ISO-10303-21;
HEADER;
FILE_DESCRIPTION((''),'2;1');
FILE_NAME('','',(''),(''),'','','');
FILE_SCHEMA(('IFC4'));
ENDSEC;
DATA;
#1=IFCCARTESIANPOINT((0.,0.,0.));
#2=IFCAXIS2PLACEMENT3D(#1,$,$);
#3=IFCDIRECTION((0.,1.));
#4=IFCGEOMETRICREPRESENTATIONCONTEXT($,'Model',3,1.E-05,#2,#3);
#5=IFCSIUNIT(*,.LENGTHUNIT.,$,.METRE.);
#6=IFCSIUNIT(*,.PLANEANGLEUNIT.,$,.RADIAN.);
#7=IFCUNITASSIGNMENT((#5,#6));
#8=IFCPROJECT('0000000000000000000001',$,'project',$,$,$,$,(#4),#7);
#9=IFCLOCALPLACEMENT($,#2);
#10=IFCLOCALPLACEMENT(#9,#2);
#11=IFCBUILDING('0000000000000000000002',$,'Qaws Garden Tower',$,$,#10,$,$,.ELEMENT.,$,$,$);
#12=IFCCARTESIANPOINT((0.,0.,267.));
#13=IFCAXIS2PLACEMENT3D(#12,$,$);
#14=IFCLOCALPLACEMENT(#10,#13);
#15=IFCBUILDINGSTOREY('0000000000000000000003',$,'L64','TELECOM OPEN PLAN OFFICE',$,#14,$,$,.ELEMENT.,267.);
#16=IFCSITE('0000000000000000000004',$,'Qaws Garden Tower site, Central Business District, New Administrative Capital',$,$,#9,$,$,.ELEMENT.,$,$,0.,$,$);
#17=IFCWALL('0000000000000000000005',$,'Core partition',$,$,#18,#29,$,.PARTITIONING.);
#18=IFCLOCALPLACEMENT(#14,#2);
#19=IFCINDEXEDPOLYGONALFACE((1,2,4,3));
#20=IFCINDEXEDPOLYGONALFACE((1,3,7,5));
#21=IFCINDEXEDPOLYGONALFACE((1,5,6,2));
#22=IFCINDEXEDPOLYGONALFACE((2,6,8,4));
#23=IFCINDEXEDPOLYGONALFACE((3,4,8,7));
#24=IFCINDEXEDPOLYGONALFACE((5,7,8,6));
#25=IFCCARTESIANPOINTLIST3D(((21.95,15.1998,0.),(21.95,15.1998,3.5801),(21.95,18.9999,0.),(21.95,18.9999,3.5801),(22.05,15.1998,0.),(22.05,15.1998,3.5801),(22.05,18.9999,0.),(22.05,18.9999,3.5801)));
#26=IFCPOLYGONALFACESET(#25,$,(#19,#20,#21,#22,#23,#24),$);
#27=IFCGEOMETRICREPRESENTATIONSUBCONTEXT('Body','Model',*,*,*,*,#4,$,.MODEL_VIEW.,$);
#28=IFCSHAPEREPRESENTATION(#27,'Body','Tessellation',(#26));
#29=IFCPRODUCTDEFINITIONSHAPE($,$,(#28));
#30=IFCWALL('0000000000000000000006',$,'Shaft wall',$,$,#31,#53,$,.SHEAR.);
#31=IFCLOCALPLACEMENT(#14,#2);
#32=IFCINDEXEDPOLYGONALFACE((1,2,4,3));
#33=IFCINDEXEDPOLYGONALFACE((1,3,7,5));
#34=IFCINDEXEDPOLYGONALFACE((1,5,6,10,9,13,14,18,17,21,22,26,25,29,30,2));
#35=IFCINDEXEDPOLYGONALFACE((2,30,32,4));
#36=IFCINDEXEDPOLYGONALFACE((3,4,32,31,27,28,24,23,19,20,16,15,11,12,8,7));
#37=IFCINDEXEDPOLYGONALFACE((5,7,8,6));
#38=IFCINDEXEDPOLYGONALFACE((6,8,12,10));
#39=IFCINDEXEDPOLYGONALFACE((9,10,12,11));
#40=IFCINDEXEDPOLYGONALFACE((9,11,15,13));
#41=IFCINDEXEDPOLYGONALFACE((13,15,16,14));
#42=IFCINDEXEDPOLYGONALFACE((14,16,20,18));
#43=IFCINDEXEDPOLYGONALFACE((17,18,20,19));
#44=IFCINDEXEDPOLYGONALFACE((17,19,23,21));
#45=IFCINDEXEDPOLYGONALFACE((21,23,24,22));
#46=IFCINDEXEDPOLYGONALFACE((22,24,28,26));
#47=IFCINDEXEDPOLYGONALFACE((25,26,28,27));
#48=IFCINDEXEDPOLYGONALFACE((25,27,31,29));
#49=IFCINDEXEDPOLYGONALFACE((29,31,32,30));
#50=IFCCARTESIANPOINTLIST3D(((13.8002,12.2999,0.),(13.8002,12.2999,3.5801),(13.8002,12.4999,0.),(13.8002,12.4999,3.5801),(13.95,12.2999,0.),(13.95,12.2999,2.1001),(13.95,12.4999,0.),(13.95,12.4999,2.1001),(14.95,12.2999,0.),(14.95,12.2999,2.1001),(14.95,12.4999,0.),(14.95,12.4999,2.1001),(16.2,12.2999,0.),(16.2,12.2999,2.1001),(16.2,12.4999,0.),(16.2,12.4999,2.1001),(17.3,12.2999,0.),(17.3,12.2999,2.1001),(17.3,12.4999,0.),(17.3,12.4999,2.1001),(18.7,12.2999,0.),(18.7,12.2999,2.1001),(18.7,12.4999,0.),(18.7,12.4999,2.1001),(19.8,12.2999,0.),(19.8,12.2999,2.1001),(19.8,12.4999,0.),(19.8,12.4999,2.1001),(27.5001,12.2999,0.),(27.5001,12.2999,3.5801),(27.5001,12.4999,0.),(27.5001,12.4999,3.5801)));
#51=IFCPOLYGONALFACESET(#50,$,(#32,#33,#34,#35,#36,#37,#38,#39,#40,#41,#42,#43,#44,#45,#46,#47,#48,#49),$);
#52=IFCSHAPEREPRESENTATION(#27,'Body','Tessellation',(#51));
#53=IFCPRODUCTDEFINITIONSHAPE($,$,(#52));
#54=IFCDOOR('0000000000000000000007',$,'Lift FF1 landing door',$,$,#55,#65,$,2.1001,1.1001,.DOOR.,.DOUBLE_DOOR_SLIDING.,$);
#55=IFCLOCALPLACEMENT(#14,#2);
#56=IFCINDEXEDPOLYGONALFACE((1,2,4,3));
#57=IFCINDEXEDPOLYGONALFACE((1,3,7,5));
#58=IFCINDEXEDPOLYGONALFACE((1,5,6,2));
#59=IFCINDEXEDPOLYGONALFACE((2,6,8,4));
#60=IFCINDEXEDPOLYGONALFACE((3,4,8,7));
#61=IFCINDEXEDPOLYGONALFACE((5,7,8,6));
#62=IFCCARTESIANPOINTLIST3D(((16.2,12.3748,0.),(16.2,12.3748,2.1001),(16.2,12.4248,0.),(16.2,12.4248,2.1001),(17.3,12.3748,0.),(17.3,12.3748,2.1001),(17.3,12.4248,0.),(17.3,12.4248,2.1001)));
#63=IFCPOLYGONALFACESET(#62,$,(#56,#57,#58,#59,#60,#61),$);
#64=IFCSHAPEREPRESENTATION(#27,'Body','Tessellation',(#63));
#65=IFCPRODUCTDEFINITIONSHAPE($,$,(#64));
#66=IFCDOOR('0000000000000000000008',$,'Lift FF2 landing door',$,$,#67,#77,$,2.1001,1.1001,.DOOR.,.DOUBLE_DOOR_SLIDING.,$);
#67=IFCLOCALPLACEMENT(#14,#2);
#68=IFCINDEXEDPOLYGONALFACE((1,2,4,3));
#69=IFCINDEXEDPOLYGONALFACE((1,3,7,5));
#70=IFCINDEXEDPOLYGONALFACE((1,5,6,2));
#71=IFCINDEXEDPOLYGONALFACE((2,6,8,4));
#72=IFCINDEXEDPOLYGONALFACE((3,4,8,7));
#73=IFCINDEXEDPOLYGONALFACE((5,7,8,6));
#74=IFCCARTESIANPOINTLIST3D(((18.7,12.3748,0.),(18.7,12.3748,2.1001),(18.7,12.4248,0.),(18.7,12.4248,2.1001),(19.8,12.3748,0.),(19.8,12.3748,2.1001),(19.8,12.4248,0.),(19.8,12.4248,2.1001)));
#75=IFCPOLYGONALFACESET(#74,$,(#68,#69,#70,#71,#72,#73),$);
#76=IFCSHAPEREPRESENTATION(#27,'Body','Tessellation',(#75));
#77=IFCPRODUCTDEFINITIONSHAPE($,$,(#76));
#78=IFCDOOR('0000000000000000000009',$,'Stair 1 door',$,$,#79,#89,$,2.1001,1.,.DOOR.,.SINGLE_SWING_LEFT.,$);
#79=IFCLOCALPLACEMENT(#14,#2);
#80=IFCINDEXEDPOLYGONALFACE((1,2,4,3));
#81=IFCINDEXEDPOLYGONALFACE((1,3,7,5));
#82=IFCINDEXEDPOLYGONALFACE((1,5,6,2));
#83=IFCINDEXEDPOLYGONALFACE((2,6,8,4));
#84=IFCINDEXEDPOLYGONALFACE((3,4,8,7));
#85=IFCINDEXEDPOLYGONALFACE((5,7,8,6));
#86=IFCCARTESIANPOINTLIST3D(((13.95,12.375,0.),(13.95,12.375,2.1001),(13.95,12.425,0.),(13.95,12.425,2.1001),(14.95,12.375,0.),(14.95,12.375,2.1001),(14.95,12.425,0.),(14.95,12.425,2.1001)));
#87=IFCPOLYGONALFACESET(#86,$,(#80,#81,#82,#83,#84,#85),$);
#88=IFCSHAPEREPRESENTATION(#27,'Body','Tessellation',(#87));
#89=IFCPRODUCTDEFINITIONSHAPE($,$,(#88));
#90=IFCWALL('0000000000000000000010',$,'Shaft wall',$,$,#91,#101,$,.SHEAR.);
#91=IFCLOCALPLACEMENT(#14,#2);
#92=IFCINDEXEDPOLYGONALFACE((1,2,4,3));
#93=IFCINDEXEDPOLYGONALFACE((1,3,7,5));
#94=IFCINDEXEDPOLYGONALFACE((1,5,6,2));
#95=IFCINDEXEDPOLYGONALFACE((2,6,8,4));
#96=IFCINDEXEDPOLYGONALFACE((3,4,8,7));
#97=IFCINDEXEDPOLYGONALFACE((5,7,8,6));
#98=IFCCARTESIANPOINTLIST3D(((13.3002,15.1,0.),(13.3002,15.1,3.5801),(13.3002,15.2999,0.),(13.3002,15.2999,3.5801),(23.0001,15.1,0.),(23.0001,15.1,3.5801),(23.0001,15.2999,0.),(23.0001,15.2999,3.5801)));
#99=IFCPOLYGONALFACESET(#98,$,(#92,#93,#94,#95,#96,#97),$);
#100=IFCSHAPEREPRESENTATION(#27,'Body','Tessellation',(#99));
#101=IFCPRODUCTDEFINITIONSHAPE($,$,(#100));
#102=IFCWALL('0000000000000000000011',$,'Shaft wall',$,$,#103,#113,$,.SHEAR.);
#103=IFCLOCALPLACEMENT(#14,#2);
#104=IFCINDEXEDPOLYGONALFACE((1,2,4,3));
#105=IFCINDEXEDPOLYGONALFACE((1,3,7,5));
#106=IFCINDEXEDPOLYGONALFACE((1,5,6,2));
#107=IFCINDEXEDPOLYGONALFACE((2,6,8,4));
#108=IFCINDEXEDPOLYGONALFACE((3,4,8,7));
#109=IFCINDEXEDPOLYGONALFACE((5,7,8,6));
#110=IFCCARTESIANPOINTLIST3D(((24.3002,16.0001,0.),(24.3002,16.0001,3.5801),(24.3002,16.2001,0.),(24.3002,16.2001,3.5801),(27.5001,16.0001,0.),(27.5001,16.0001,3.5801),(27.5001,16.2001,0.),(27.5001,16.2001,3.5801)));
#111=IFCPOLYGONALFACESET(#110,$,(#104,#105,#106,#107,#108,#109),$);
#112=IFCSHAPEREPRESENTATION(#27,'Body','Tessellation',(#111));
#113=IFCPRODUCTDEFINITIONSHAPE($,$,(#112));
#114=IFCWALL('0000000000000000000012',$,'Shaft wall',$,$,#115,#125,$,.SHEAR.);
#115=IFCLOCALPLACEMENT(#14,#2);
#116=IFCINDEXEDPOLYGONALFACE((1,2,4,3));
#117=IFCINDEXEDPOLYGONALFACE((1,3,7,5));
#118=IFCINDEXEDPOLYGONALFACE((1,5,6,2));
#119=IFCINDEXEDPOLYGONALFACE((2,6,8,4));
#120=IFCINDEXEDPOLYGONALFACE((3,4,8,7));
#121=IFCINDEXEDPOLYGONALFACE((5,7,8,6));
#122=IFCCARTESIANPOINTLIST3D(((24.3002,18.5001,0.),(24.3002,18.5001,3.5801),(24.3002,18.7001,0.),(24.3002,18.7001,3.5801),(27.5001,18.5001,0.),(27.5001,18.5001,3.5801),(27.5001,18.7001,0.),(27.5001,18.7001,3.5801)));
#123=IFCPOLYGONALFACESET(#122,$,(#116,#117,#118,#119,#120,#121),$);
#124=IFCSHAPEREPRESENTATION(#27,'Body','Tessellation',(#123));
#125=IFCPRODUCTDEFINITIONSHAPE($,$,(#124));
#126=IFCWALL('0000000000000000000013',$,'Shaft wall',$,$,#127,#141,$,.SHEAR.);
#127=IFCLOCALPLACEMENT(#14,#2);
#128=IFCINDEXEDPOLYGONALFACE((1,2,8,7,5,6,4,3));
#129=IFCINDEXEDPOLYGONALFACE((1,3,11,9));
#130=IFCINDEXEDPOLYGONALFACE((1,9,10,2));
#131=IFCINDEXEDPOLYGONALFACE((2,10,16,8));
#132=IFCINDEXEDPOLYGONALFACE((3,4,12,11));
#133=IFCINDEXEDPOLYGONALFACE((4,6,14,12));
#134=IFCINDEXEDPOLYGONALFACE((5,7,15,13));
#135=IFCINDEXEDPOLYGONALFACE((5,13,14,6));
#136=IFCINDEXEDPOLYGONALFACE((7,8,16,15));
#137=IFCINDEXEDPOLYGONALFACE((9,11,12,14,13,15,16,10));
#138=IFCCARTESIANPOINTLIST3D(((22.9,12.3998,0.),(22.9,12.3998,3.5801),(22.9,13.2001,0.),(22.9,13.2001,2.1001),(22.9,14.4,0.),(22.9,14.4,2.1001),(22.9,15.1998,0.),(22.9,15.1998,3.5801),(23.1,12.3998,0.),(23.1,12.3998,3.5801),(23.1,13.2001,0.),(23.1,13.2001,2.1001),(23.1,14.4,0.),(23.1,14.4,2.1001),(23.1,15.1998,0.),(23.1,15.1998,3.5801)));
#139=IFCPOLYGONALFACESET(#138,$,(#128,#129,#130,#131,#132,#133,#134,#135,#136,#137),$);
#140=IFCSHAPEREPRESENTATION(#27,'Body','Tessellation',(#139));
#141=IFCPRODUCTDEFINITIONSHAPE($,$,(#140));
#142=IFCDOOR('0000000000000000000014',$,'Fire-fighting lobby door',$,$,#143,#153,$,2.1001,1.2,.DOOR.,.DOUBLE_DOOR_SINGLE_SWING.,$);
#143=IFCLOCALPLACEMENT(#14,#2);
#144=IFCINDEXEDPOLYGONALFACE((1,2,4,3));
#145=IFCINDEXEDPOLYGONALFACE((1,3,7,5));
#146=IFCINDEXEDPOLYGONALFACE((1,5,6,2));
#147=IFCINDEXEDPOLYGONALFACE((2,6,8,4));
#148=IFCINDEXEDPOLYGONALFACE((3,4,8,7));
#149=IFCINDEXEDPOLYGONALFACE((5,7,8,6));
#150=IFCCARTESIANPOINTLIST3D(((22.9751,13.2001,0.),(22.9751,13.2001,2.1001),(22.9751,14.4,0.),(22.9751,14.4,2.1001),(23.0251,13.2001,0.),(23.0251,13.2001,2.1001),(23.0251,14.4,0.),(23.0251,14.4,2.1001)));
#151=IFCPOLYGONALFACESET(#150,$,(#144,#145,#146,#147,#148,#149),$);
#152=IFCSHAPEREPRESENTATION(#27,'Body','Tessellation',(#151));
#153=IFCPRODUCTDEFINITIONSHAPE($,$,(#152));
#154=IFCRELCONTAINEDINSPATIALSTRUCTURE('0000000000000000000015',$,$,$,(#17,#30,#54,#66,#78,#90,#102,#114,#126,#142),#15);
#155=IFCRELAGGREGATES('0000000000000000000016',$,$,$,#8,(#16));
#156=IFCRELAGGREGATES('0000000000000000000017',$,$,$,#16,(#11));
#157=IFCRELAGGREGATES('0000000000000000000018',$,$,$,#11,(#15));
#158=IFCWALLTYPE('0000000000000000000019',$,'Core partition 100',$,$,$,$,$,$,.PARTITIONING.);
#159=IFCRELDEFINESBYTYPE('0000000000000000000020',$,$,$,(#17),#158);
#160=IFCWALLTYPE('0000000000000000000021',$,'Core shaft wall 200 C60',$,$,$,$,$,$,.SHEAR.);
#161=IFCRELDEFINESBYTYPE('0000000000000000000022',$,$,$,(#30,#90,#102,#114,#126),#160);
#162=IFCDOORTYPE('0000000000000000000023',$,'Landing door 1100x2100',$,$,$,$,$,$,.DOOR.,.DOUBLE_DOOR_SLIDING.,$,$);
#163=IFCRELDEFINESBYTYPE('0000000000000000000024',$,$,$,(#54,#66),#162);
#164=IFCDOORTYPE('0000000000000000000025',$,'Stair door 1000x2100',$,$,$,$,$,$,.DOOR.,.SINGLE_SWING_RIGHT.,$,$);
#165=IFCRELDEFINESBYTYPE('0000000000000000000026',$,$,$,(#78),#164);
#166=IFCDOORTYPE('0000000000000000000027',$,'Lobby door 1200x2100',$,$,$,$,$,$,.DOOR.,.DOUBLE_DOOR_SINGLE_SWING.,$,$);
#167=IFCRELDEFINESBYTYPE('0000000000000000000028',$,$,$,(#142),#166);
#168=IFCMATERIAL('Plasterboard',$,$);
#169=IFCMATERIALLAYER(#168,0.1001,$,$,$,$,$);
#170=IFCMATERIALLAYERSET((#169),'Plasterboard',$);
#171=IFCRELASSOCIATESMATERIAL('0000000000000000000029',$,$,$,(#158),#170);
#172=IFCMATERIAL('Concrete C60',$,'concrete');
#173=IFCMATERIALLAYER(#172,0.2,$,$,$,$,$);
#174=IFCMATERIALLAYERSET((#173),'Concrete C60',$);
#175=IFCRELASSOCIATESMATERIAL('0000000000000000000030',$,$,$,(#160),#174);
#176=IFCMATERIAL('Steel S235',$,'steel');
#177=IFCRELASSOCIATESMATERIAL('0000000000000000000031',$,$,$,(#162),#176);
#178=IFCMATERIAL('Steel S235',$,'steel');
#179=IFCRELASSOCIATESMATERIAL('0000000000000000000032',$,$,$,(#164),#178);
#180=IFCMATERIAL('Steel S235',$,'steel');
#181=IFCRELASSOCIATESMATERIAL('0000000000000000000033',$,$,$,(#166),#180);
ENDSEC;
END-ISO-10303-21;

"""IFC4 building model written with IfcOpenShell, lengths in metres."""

from ifc_helpers import new_model, si_unit, direction, frame, frame_2d, origin, place, context, subcontext, project, spatial, rectangle, extrude, material, layer, layer_set, type_object, element, fill, save


model = new_model("IFC4")

# Units and contexts
model_context = context("Model", 3, precision=1e-05, world=origin(), true_north=direction((0.0, 1.0)))
body_context = subcontext(model_context, "Body", "Model", "MODEL_VIEW")
ifc_project = project(units=[si_unit("LENGTHUNIT", "METRE"), si_unit("PLANEANGLEUNIT", "RADIAN")], contexts=[model_context])

# Site, building, storey
site_placement = place(None, origin())
site = spatial("IfcSite", under=ifc_project, at=site_placement, Name="Qaws Garden Tower site, Central Business District, New Administrative Capital", CompositionType="ELEMENT", RefElevation=0.0)
building_placement = place(site_placement, origin())
building = spatial("IfcBuilding", under=site, at=building_placement, Name="Qaws Garden Tower", CompositionType="ELEMENT")
storey_placement = place(building_placement, frame((0.0, 0.0, 267.0)))
storey = spatial("IfcBuildingStorey", under=building, at=storey_placement, Name="L64", Description="TELECOM OPEN PLAN OFFICE", CompositionType="ELEMENT", Elevation=267.0)

# Shared definitions
ifc_material_1 = material(Name="Plasterboard")
ifc_layer_1 = layer(ifc_material_1, 0.1001)
ifc_layer_set_1 = layer_set([ifc_layer_1], Name="Plasterboard")
wall_type_1 = type_object("IfcWallType", Name="Core partition 100", PredefinedType="PARTITIONING", material=ifc_layer_set_1)

# Wall
wall_1_placement = place(storey_placement, frame((22.0, 15.2, 0.0), z_axis=(0.0, 0.0, 1.0), x_axis=(0.0, 1.0, 0.0)))
element("IfcWall", 1, at=wall_1_placement, inside=storey, type_object=wall_type_1, Name="Core partition", PredefinedType="PARTITIONING", context=body_context, shape_type="SweptSolid", body=[
    extrude(rectangle(XDim=3.8, YDim=0.1001, at=frame_2d((1.8999, 0.0))), origin(), (0.0, 0.0, 1.0), 3.5801),
])

# Wall, openings, doors
ifc_material_2 = material(Name="Concrete C60", Category="concrete")
ifc_layer_2 = layer(ifc_material_2, 0.2)
ifc_layer_set_2 = layer_set([ifc_layer_2], Name="Concrete C60")
wall_type_2 = type_object("IfcWallType", Name="Core shaft wall 200 C60", PredefinedType="SHEAR", material=ifc_layer_set_2)
wall_2_placement = place(storey_placement, frame((13.8, 12.3999, 0.0), z_axis=(0.0, 0.0, 1.0), x_axis=(1.0, 0.0, 0.0)))
wall_2 = element("IfcWall", 2, at=wall_2_placement, inside=storey, type_object=wall_type_2, Name="Shaft wall", PredefinedType="SHEAR", context=body_context, shape_type="SweptSolid", body=[
    extrude(rectangle(XDim=13.7, YDim=0.2, at=frame_2d((6.8501, 0.0))), origin(), (0.0, 0.0, 1.0), 3.5801),
])
opening_1_placement = place(wall_2_placement, frame((2.3999, 0.0, 0.0)))
opening_1 = element("IfcOpeningElement", 3, at=opening_1_placement, cuts=wall_2, PredefinedType="OPENING", context=body_context, shape_type="SweptSolid", body=[
    extrude(rectangle(XDim=1.1001, YDim=2.1001, at=frame_2d((0.55, 1.05))), frame((0.0, 0.1099, 0.0), z_axis=(0.0, -1.0, 0.0), x_axis=(1.0, 0.0, 0.0)), (0.0, 0.0, 1.0), 0.22),
])
opening_2_placement = place(wall_2_placement, frame((4.8999, 0.0, 0.0)))
opening_2 = element("IfcOpeningElement", 4, at=opening_2_placement, cuts=wall_2, PredefinedType="OPENING", context=body_context, shape_type="SweptSolid", body=[
    extrude(rectangle(XDim=1.1001, YDim=2.1001, at=frame_2d((0.55, 1.05))), frame((0.0, 0.1099, 0.0), z_axis=(0.0, -1.0, 0.0), x_axis=(1.0, 0.0, 0.0)), (0.0, 0.0, 1.0), 0.22),
])
opening_3_placement = place(wall_2_placement, frame((0.1499, 0.0, 0.0)))
opening_3 = element("IfcOpeningElement", 5, at=opening_3_placement, cuts=wall_2, PredefinedType="OPENING", context=body_context, shape_type="SweptSolid", body=[
    extrude(rectangle(XDim=1.0, YDim=2.1001, at=frame_2d((0.5, 1.05))), frame((0.0, 0.1099, 0.0), z_axis=(0.0, -1.0, 0.0), x_axis=(1.0, 0.0, 0.0)), (0.0, 0.0, 1.0), 0.22),
])
ifc_material_3 = material(Name="Steel S235", Category="steel")
door_type_1 = type_object("IfcDoorType", Name="Landing door 1100x2100", OperationType="DOUBLE_DOOR_SLIDING", PredefinedType="DOOR", material=ifc_material_3)
door_1_placement = place(opening_1_placement, origin())
door_1 = element("IfcDoor", 6, at=door_1_placement, inside=storey, type_object=door_type_1, Name="Lift FF1 landing door", OperationType="DOUBLE_DOOR_SLIDING", OverallHeight=2.1001, OverallWidth=1.1001, PredefinedType="DOOR", context=body_context, shape_type="SweptSolid", body=[
    extrude(rectangle(XDim=1.1001, YDim=2.1001, at=frame_2d((0.55, 1.05))), frame((0.0, 0.0249, 0.0), z_axis=(0.0, -1.0, 0.0), x_axis=(1.0, 0.0, 0.0)), (0.0, 0.0, 1.0), 0.05),
])
fill(opening_1, door_1)
door_2_placement = place(opening_2_placement, origin())
door_2 = element("IfcDoor", 7, at=door_2_placement, inside=storey, type_object=door_type_1, Name="Lift FF2 landing door", OperationType="DOUBLE_DOOR_SLIDING", OverallHeight=2.1001, OverallWidth=1.1001, PredefinedType="DOOR", context=body_context, shape_type="SweptSolid", body=[
    extrude(rectangle(XDim=1.1001, YDim=2.1001, at=frame_2d((0.55, 1.05))), frame((0.0, 0.0249, 0.0), z_axis=(0.0, -1.0, 0.0), x_axis=(1.0, 0.0, 0.0)), (0.0, 0.0, 1.0), 0.05),
])
fill(opening_2, door_2)
ifc_material_4 = material(Name="Steel S235", Category="steel")
door_type_2 = type_object("IfcDoorType", Name="Stair door 1000x2100", OperationType="SINGLE_SWING_RIGHT", PredefinedType="DOOR", material=ifc_material_4)
door_3_placement = place(opening_3_placement, frame((1.0, 0.0, 0.0), z_axis=(0.0, 0.0, 1.0), x_axis=(-1.0, 0.0, 0.0)))
door_3 = element("IfcDoor", 8, at=door_3_placement, inside=storey, type_object=door_type_2, Name="Stair 1 door", OperationType="SINGLE_SWING_LEFT", OverallHeight=2.1001, OverallWidth=1.0, PredefinedType="DOOR", context=body_context, shape_type="SweptSolid", body=[
    extrude(rectangle(XDim=1.0, YDim=2.1001, at=frame_2d((0.5, 1.05))), frame((0.0, 0.0249, 0.0), z_axis=(0.0, -1.0, 0.0), x_axis=(1.0, 0.0, 0.0)), (0.0, 0.0, 1.0), 0.05),
])
fill(opening_3, door_3)

# Walls
wall_3_placement = place(storey_placement, frame((13.3, 15.2, 0.0), z_axis=(0.0, 0.0, 1.0), x_axis=(1.0, 0.0, 0.0)))
element("IfcWall", 9, at=wall_3_placement, inside=storey, type_object=wall_type_2, Name="Shaft wall", PredefinedType="SHEAR", context=body_context, shape_type="SweptSolid", body=[
    extrude(rectangle(XDim=9.7, YDim=0.2, at=frame_2d((4.8501, 0.0))), origin(), (0.0, 0.0, 1.0), 3.5801),
])
for number, where, z_axis, x_axis, name in (
    (10, (24.3, 16.1001, 0.0), (0.0, 0.0, 1.0), (1.0, 0.0, 0.0), "Shaft wall"),
    (11, (24.3, 18.6001, 0.0), (0.0, 0.0, 1.0), (1.0, 0.0, 0.0), "Shaft wall"),
):
    element("IfcWall", number, at=place(storey_placement, frame(where, z_axis=z_axis, x_axis=x_axis)), inside=storey, type_object=wall_type_2, Name=name, PredefinedType="SHEAR", context=body_context, shape_type="SweptSolid", body=[
        extrude(rectangle(XDim=3.2, YDim=0.2, at=frame_2d((1.6001, 0.0))), origin(), (0.0, 0.0, 1.0), 3.5801),
    ])

# Wall, opening, door
wall_4_placement = place(storey_placement, frame((23.0, 12.3999, 0.0), z_axis=(0.0, 0.0, 1.0), x_axis=(0.0, 1.0, 0.0)))
wall_4 = element("IfcWall", 12, at=wall_4_placement, inside=storey, type_object=wall_type_2, Name="Shaft wall", PredefinedType="SHEAR", context=body_context, shape_type="SweptSolid", body=[
    extrude(rectangle(XDim=2.8, YDim=0.2, at=frame_2d((1.3999, 0.0))), origin(), (0.0, 0.0, 1.0), 3.5801),
])
opening_4_placement = place(wall_4_placement, frame((0.8, 0.0, 0.0)))
opening_4 = element("IfcOpeningElement", 13, at=opening_4_placement, cuts=wall_4, PredefinedType="OPENING", context=body_context, shape_type="SweptSolid", body=[
    extrude(rectangle(XDim=1.2, YDim=2.1001, at=frame_2d((0.6001, 1.05))), frame((0.0, 0.1099, 0.0), z_axis=(0.0, -1.0, 0.0), x_axis=(1.0, 0.0, 0.0)), (0.0, 0.0, 1.0), 0.22),
])
ifc_material_5 = material(Name="Steel S235", Category="steel")
door_type_3 = type_object("IfcDoorType", Name="Lobby door 1200x2100", OperationType="DOUBLE_DOOR_SINGLE_SWING", PredefinedType="DOOR", material=ifc_material_5)
door_4_placement = place(opening_4_placement, origin())
door_4 = element("IfcDoor", 14, at=door_4_placement, inside=storey, type_object=door_type_3, Name="Fire-fighting lobby door", OperationType="DOUBLE_DOOR_SINGLE_SWING", OverallHeight=2.1001, OverallWidth=1.2, PredefinedType="DOOR", context=body_context, shape_type="SweptSolid", body=[
    extrude(rectangle(XDim=1.2, YDim=2.1001, at=frame_2d((0.6001, 1.05))), frame((0.0, 0.0249, 0.0), z_axis=(0.0, -1.0, 0.0), x_axis=(1.0, 0.0, 0.0)), (0.0, 0.0, 1.0), 0.05),
])
fill(opening_4, door_4)

save(model, "model.ifc")
